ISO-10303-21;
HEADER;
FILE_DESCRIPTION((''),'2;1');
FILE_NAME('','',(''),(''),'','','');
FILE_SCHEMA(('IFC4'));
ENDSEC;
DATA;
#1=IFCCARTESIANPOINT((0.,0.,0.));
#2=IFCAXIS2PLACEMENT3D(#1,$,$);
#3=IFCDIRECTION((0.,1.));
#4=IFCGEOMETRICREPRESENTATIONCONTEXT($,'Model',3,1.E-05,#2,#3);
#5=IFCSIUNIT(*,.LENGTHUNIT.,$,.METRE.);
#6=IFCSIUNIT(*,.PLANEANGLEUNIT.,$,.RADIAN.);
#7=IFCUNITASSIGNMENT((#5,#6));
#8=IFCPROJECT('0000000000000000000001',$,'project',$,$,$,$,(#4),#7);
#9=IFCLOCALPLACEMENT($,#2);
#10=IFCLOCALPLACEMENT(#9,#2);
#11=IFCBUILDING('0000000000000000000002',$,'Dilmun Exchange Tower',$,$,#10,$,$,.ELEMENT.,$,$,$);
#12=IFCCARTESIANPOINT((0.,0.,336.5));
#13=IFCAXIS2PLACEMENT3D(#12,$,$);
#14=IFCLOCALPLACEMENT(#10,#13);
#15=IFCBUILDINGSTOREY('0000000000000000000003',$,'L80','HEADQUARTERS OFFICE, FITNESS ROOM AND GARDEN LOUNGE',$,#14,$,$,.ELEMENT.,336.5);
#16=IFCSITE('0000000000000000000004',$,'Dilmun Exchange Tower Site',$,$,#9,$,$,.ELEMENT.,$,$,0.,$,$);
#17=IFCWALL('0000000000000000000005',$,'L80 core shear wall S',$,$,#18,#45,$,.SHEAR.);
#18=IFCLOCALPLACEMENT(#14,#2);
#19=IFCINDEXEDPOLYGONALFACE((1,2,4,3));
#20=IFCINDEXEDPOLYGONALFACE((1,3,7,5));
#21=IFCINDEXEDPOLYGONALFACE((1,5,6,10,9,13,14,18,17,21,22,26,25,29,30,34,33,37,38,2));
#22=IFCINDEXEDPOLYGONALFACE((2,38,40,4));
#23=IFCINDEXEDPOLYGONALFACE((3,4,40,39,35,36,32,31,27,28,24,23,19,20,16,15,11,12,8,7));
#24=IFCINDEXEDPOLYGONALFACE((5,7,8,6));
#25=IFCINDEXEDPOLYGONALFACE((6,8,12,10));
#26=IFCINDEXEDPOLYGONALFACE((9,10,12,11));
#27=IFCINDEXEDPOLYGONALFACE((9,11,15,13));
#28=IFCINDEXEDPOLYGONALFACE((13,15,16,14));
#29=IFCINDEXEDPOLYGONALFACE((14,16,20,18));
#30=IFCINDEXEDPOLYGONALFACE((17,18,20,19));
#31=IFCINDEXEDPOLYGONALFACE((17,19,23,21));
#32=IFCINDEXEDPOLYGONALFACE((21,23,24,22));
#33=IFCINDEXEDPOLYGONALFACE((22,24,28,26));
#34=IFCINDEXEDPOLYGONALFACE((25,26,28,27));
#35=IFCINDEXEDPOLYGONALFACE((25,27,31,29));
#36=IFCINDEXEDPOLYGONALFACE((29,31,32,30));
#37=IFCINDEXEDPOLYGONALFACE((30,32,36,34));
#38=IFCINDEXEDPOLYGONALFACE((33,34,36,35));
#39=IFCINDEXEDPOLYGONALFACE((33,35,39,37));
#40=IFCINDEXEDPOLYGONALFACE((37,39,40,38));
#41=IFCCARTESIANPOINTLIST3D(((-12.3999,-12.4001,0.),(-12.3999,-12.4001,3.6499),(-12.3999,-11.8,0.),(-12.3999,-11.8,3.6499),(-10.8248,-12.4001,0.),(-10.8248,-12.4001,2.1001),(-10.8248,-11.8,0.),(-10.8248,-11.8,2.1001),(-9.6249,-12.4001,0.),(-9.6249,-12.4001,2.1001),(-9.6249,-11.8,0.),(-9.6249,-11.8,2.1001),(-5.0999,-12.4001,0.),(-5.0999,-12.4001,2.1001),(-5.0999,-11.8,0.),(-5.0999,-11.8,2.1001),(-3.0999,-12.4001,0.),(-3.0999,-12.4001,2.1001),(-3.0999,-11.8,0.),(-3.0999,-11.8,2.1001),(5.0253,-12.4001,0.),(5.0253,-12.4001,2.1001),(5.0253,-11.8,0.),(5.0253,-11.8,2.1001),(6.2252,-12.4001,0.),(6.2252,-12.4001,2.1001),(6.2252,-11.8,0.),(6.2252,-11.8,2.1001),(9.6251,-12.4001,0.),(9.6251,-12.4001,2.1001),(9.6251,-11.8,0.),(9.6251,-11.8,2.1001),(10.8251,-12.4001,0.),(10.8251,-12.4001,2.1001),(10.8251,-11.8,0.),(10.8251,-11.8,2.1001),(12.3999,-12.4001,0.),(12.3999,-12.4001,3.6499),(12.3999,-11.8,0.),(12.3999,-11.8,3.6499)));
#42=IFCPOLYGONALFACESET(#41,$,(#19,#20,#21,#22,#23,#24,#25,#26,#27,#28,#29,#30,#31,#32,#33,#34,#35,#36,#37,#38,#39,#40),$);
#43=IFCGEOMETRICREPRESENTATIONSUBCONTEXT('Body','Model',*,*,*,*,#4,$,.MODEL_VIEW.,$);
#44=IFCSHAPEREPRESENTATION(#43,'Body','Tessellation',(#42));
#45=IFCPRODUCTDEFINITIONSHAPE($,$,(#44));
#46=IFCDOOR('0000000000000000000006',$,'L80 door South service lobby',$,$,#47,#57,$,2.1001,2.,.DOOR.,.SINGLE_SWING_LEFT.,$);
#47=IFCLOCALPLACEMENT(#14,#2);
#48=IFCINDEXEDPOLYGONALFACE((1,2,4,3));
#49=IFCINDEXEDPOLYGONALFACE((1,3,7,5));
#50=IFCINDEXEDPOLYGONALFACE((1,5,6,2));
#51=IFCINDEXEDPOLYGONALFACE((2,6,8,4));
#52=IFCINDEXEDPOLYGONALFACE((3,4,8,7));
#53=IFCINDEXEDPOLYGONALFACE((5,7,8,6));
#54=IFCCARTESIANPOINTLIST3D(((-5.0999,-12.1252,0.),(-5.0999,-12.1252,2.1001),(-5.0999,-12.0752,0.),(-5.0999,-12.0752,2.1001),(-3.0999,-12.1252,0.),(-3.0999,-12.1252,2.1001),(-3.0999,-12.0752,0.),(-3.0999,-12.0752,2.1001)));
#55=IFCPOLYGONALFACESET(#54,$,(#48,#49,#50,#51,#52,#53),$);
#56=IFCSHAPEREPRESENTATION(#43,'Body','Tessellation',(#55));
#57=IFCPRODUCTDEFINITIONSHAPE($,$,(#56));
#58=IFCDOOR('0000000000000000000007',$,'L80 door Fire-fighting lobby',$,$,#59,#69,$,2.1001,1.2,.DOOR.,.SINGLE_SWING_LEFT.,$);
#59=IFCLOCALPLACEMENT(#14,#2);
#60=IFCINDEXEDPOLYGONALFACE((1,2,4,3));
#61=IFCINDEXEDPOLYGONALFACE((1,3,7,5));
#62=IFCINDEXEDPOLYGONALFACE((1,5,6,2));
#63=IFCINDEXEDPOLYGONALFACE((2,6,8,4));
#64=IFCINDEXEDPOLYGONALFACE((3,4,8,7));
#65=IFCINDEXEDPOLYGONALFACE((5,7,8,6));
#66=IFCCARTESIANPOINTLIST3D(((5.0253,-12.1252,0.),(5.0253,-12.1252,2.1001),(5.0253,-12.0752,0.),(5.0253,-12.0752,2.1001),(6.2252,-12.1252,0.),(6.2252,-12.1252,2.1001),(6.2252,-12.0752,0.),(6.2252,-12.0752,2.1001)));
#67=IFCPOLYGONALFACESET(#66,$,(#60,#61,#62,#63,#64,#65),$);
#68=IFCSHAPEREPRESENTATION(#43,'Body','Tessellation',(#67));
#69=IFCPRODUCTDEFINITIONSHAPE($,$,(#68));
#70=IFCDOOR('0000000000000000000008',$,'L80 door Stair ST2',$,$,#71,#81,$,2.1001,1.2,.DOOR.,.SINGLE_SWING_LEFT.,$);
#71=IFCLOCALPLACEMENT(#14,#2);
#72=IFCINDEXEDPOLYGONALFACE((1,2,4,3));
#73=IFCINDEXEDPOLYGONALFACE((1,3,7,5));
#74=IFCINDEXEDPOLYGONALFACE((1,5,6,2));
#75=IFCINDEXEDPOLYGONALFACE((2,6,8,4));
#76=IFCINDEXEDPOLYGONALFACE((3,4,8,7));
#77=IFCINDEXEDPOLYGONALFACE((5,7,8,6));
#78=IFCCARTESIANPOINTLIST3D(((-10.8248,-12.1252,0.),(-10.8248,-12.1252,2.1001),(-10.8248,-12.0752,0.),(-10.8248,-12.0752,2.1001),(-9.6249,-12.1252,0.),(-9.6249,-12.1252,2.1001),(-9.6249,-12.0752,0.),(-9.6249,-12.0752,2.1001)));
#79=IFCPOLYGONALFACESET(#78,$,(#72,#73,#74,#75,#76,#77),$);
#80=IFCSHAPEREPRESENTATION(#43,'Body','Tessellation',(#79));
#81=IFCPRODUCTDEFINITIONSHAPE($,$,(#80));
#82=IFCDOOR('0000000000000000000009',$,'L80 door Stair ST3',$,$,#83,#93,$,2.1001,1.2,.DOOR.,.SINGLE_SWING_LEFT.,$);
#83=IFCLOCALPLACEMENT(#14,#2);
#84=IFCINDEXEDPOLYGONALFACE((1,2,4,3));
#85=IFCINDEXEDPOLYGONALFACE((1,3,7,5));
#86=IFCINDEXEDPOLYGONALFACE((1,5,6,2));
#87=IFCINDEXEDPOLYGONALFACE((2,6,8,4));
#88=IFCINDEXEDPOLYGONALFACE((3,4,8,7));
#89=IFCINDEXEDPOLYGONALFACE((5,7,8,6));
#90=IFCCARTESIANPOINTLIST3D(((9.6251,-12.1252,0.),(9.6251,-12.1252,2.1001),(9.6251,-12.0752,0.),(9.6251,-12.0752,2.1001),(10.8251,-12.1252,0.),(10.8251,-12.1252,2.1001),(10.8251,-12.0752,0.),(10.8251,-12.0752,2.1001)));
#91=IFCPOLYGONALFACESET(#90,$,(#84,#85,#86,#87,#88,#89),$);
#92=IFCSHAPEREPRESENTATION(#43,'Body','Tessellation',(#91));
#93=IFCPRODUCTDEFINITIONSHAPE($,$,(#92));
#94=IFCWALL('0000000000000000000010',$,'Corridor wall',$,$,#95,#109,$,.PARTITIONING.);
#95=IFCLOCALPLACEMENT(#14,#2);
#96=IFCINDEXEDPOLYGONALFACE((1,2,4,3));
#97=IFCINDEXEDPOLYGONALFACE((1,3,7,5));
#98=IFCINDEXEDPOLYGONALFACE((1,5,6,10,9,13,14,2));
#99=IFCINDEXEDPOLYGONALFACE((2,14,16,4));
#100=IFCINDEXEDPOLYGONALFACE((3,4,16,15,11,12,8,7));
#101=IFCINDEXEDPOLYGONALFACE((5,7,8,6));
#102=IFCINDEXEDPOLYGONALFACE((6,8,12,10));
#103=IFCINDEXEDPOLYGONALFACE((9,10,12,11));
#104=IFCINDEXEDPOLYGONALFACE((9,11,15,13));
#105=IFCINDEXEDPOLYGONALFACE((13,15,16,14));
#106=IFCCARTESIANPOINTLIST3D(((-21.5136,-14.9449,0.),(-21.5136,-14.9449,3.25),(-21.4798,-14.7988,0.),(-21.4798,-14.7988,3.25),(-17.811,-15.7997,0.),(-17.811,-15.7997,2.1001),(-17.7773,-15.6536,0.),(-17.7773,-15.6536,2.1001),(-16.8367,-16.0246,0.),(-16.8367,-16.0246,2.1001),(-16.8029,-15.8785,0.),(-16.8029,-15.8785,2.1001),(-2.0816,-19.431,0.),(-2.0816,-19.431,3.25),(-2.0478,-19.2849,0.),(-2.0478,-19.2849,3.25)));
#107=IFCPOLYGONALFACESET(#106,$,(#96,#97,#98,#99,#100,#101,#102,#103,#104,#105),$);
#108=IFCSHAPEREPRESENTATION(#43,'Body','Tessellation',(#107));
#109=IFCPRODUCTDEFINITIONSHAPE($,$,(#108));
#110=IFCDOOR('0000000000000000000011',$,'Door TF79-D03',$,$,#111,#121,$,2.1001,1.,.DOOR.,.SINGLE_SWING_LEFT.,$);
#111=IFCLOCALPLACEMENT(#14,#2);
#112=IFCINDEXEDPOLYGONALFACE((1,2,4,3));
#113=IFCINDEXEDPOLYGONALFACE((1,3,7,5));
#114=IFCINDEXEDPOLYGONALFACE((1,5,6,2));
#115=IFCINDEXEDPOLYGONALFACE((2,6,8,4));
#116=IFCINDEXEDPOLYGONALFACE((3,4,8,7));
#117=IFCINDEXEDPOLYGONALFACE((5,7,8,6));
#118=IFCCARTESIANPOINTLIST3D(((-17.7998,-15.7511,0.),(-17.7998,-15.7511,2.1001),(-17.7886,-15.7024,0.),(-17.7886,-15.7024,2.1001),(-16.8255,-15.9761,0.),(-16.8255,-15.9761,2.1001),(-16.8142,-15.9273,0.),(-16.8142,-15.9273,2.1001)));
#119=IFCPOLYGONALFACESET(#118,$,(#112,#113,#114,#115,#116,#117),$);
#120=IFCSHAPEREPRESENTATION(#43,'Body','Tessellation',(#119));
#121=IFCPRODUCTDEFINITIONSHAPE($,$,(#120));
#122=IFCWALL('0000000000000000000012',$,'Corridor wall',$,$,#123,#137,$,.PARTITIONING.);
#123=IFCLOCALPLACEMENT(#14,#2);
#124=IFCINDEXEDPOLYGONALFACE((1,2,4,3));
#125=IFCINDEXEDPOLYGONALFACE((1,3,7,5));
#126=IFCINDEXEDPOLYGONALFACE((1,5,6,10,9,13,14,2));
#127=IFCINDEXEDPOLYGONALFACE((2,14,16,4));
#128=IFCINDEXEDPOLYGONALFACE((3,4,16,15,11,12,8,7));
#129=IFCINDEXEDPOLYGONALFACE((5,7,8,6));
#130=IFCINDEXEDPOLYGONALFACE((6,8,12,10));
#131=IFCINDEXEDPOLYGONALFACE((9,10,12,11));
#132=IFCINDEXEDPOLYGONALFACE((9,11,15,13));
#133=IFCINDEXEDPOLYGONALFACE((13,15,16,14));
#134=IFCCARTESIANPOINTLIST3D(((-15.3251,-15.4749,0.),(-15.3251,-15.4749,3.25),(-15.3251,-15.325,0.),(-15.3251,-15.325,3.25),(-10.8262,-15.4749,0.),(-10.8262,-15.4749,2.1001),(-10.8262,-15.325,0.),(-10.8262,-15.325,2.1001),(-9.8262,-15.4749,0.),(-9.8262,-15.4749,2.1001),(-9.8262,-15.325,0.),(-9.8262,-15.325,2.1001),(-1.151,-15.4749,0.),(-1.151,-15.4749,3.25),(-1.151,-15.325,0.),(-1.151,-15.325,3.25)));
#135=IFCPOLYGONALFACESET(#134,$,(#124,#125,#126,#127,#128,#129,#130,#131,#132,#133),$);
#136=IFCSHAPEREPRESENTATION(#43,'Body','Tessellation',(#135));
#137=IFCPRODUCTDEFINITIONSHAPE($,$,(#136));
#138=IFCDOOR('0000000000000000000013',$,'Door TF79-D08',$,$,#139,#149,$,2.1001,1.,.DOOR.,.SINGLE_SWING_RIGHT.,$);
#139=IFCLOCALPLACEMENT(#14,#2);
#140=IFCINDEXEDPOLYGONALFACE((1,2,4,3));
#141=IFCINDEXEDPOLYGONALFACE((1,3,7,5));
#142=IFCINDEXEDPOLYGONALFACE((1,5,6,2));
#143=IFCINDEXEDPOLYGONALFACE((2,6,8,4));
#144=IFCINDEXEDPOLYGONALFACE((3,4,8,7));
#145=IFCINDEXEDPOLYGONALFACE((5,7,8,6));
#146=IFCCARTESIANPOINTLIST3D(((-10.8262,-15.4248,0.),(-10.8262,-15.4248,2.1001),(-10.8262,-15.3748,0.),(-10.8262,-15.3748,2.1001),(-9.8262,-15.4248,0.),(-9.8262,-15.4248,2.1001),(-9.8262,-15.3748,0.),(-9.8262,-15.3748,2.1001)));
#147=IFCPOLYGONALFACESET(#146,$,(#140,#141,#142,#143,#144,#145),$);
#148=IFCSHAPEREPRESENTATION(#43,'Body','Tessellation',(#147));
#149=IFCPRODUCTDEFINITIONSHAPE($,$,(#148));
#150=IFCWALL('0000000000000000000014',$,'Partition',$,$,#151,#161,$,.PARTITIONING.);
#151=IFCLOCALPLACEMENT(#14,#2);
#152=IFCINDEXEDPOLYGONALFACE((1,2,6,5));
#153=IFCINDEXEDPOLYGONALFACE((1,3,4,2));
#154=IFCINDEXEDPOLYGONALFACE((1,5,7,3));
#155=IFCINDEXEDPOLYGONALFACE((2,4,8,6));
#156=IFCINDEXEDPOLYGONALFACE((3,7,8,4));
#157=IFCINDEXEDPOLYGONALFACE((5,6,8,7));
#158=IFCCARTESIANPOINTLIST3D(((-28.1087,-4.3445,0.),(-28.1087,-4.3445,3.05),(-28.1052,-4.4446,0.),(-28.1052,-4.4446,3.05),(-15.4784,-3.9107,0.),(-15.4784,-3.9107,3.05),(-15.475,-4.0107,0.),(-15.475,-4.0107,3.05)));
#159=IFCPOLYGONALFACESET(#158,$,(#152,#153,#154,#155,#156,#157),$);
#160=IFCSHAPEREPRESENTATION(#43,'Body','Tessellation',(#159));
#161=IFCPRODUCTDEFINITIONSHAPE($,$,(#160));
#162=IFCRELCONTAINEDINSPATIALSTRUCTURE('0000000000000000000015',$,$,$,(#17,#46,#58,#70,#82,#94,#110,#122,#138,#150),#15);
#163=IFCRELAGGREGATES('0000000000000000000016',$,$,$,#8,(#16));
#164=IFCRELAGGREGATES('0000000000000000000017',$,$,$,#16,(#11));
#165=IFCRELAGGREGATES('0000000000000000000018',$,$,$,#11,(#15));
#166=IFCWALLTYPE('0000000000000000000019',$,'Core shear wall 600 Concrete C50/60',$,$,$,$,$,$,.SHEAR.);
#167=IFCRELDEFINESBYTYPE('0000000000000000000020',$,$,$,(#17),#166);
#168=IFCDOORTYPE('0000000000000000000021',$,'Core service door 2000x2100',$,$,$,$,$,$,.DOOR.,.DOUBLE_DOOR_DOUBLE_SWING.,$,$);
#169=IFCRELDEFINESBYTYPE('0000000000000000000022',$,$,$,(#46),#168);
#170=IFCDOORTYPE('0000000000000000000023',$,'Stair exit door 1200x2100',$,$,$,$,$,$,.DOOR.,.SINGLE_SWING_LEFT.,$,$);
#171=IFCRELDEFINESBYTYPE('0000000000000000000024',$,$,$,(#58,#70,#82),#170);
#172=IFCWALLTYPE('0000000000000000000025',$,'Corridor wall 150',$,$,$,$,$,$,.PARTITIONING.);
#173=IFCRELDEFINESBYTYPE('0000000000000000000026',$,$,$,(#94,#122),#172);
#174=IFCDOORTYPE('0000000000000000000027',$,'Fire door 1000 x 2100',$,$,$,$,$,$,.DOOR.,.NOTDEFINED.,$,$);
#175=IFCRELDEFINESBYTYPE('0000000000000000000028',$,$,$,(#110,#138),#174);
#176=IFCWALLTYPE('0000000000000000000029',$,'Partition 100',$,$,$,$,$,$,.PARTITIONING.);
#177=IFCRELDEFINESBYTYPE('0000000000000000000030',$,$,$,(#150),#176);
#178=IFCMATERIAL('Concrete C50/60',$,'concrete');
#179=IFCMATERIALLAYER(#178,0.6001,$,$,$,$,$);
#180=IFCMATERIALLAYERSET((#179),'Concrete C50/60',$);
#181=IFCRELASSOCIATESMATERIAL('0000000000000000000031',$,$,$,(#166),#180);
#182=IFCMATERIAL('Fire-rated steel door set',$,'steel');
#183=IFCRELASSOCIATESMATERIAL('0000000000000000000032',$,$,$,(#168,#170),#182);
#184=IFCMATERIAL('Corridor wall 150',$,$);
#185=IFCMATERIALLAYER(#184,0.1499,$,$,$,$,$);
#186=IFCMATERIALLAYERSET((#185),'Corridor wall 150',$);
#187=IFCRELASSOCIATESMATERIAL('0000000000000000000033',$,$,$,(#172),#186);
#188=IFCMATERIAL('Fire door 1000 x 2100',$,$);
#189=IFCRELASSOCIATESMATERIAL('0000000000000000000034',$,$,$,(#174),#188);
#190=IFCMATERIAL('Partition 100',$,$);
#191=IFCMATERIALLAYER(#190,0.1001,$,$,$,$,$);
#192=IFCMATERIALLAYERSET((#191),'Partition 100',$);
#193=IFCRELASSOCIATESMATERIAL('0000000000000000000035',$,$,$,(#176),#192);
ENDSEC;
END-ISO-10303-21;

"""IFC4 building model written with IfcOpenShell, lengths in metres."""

from ifc_helpers import new_model, si_unit, direction, frame, frame_2d, origin, place, context, subcontext, project, spatial, rectangle, extrude, material, layer, layer_set, type_object, element, fill, save


model = new_model("IFC4")

# Units and contexts
model_context = context("Model", 3, precision=1e-05, world=origin(), true_north=direction((0.0, 1.0)))
body_context = subcontext(model_context, "Body", "Model", "MODEL_VIEW")
ifc_project = project(units=[si_unit("LENGTHUNIT", "METRE"), si_unit("PLANEANGLEUNIT", "RADIAN")], contexts=[model_context])

# Site, building, storey
site_placement = place(None, origin())
site = spatial("IfcSite", under=ifc_project, at=site_placement, Name="Dilmun Exchange Tower Site", CompositionType="ELEMENT", RefElevation=0.0)
building_placement = place(site_placement, origin())
building = spatial("IfcBuilding", under=site, at=building_placement, Name="Dilmun Exchange Tower", CompositionType="ELEMENT")
storey_placement = place(building_placement, frame((0.0, 0.0, 336.5)))
storey = spatial("IfcBuildingStorey", under=building, at=storey_placement, Name="L80", Description="HEADQUARTERS OFFICE, FITNESS ROOM AND GARDEN LOUNGE", CompositionType="ELEMENT", Elevation=336.5)

# Shared definitions
ifc_material_1 = material(Name="Concrete C50/60", Category="concrete")

# Wall, openings, doors
ifc_material_2 = material(Name="Fire-rated steel door set", Category="steel")
ifc_layer_1 = layer(ifc_material_1, 0.6001)
ifc_layer_set_1 = layer_set([ifc_layer_1], Name="Concrete C50/60")
wall_type_1 = type_object("IfcWallType", Name="Core shear wall 600 Concrete C50/60", PredefinedType="SHEAR", material=ifc_layer_set_1)
wall_1_placement = place(storey_placement, frame((-12.3999, -12.1001, 0.0), z_axis=(0.0, 0.0, 1.0), x_axis=(1.0, 0.0, 0.0)))
wall_1 = element("IfcWall", 1, at=wall_1_placement, inside=storey, type_object=wall_type_1, Name="L80 core shear wall S", PredefinedType="SHEAR", context=body_context, shape_type="SweptSolid", body=[
    extrude(rectangle(XDim=24.7998, YDim=0.6001, at=frame_2d((12.3999, 0.0))), origin(), (0.0, 0.0, 1.0), 3.6499),
])
opening_1_placement = place(wall_1_placement, frame((7.3, 0.0, 0.0)))
opening_1 = element("IfcOpeningElement", 2, at=opening_1_placement, cuts=wall_1, PredefinedType="OPENING", context=body_context, shape_type="SweptSolid", body=[
    extrude(rectangle(XDim=2.0, YDim=2.1001, at=frame_2d((1.0, 1.05))), frame((0.0, 0.3101, 0.0), z_axis=(0.0, -1.0, 0.0), x_axis=(1.0, 0.0, 0.0)), (0.0, 0.0, 1.0), 0.6201),
])
opening_2_placement = place(wall_1_placement, frame((17.425, 0.0, 0.0)))
opening_2 = element("IfcOpeningElement", 3, at=opening_2_placement, cuts=wall_1, PredefinedType="OPENING", context=body_context, shape_type="SweptSolid", body=[
    extrude(rectangle(XDim=1.2, YDim=2.1001, at=frame_2d((0.6001, 1.05))), frame((0.0, 0.3101, 0.0), z_axis=(0.0, -1.0, 0.0), x_axis=(1.0, 0.0, 0.0)), (0.0, 0.0, 1.0), 0.6201),
])
opening_3_placement = place(wall_1_placement, frame((1.575, 0.0, 0.0)))
opening_3 = element("IfcOpeningElement", 4, at=opening_3_placement, cuts=wall_1, PredefinedType="OPENING", context=body_context, shape_type="SweptSolid", body=[
    extrude(rectangle(XDim=1.2, YDim=2.1001, at=frame_2d((0.6001, 1.05))), frame((0.0, 0.3101, 0.0), z_axis=(0.0, -1.0, 0.0), x_axis=(1.0, 0.0, 0.0)), (0.0, 0.0, 1.0), 0.6201),
])
opening_4_placement = place(wall_1_placement, frame((22.0249, 0.0, 0.0)))
opening_4 = element("IfcOpeningElement", 5, at=opening_4_placement, cuts=wall_1, PredefinedType="OPENING", context=body_context, shape_type="SweptSolid", body=[
    extrude(rectangle(XDim=1.2, YDim=2.1001, at=frame_2d((0.6001, 1.05))), frame((0.0, 0.3101, 0.0), z_axis=(0.0, -1.0, 0.0), x_axis=(1.0, 0.0, 0.0)), (0.0, 0.0, 1.0), 0.6201),
])
door_type_1 = type_object("IfcDoorType", Name="Core service door 2000x2100", OperationType="DOUBLE_DOOR_DOUBLE_SWING", PredefinedType="DOOR", material=ifc_material_2)
door_1_placement = place(opening_1_placement, origin())
door_1 = element("IfcDoor", 6, at=door_1_placement, inside=storey, type_object=door_type_1, Name="L80 door South service lobby", OperationType="SINGLE_SWING_LEFT", OverallHeight=2.1001, OverallWidth=2.0, PredefinedType="DOOR", context=body_context, shape_type="SweptSolid", body=[
    extrude(rectangle(XDim=2.0, YDim=2.1001, at=frame_2d((1.0, 1.05))), frame((0.0, 0.0249, 0.0), z_axis=(0.0, -1.0, 0.0), x_axis=(1.0, 0.0, 0.0)), (0.0, 0.0, 1.0), 0.05),
])
fill(opening_1, door_1)
door_type_2 = type_object("IfcDoorType", Name="Stair exit door 1200x2100", OperationType="SINGLE_SWING_LEFT", PredefinedType="DOOR", material=ifc_material_2)
door_2_placement = place(opening_2_placement, origin())
door_2 = element("IfcDoor", 7, at=door_2_placement, inside=storey, type_object=door_type_2, Name="L80 door Fire-fighting lobby", OperationType="SINGLE_SWING_LEFT", OverallHeight=2.1001, OverallWidth=1.2, PredefinedType="DOOR", context=body_context, shape_type="SweptSolid", body=[
    extrude(rectangle(XDim=1.2, YDim=2.1001, at=frame_2d((0.6001, 1.05))), frame((0.0, 0.0249, 0.0), z_axis=(0.0, -1.0, 0.0), x_axis=(1.0, 0.0, 0.0)), (0.0, 0.0, 1.0), 0.05),
])
fill(opening_2, door_2)
door_3_placement = place(opening_3_placement, origin())
door_3 = element("IfcDoor", 8, at=door_3_placement, inside=storey, type_object=door_type_2, Name="L80 door Stair ST2", OperationType="SINGLE_SWING_LEFT", OverallHeight=2.1001, OverallWidth=1.2, PredefinedType="DOOR", context=body_context, shape_type="SweptSolid", body=[
    extrude(rectangle(XDim=1.2, YDim=2.1001, at=frame_2d((0.6001, 1.05))), frame((0.0, 0.0249, 0.0), z_axis=(0.0, -1.0, 0.0), x_axis=(1.0, 0.0, 0.0)), (0.0, 0.0, 1.0), 0.05),
])
fill(opening_3, door_3)
door_4_placement = place(opening_4_placement, origin())
door_4 = element("IfcDoor", 9, at=door_4_placement, inside=storey, type_object=door_type_2, Name="L80 door Stair ST3", OperationType="SINGLE_SWING_LEFT", OverallHeight=2.1001, OverallWidth=1.2, PredefinedType="DOOR", context=body_context, shape_type="SweptSolid", body=[
    extrude(rectangle(XDim=1.2, YDim=2.1001, at=frame_2d((0.6001, 1.05))), frame((0.0, 0.0249, 0.0), z_axis=(0.0, -1.0, 0.0), x_axis=(1.0, 0.0, 0.0)), (0.0, 0.0, 1.0), 0.05),
])
fill(opening_4, door_4)

# Walls, openings, doors
ifc_material_3 = material(Name="Corridor wall 150")
ifc_layer_2 = layer(ifc_material_3, 0.1499)
ifc_layer_set_2 = layer_set([ifc_layer_2], Name="Corridor wall 150")
wall_type_2 = type_object("IfcWallType", Name="Corridor wall 150", PredefinedType="PARTITIONING", material=ifc_layer_set_2)
wall_2_placement = place(storey_placement, frame((-21.4968, -14.8718, 0.0), z_axis=(0.0, 0.0, 1.0), x_axis=(0.974371, -0.224945, 0.0)))
wall_2 = element("IfcWall", 10, at=wall_2_placement, inside=storey, type_object=wall_type_2, Name="Corridor wall", PredefinedType="PARTITIONING", context=body_context, shape_type="SweptSolid", body=[
    extrude(rectangle(XDim=19.9431, YDim=0.1499, at=frame_2d((9.9717, 0.0))), origin(), (0.0, 0.0, 1.0), 3.25),
])
opening_5_placement = place(wall_2_placement, frame((3.8, 0.0, 0.0)))
opening_5 = element("IfcOpeningElement", 11, at=opening_5_placement, cuts=wall_2, PredefinedType="OPENING", context=body_context, shape_type="SweptSolid", body=[
    extrude(rectangle(XDim=1.0, YDim=2.1001, at=frame_2d((0.5, 1.05))), frame((0.0, 0.085, 0.0), z_axis=(0.0, -1.0, 0.0), x_axis=(1.0, 0.0, 0.0)), (0.0, 0.0, 1.0), 0.1699),
])
ifc_material_4 = material(Name="Fire door 1000 x 2100")
door_type_3 = type_object("IfcDoorType", Name="Fire door 1000 x 2100", OperationType="NOTDEFINED", PredefinedType="DOOR", material=ifc_material_4)
door_5_placement = place(opening_5_placement, origin())
door_5 = element("IfcDoor", 12, at=door_5_placement, inside=storey, type_object=door_type_3, Name="Door TF79-D03", OperationType="SINGLE_SWING_LEFT", OverallHeight=2.1001, OverallWidth=1.0, PredefinedType="DOOR", context=body_context, shape_type="SweptSolid", body=[
    extrude(rectangle(XDim=1.0, YDim=2.1001, at=frame_2d((0.5, 1.05))), frame((0.0, 0.0249, 0.0), z_axis=(0.0, -1.0, 0.0), x_axis=(1.0, 0.0, 0.0)), (0.0, 0.0, 1.0), 0.05),
])
fill(opening_5, door_5)
wall_3_placement = place(storey_placement, frame((-15.325, -15.3999, 0.0), z_axis=(0.0, 0.0, 1.0), x_axis=(1.0, 0.0, 0.0)))
wall_3 = element("IfcWall", 13, at=wall_3_placement, inside=storey, type_object=wall_type_2, Name="Corridor wall", PredefinedType="PARTITIONING", context=body_context, shape_type="SweptSolid", body=[
    extrude(rectangle(XDim=14.1741, YDim=0.1499, at=frame_2d((7.0869, 0.0))), origin(), (0.0, 0.0, 1.0), 3.25),
])
opening_6_placement = place(wall_3_placement, frame((4.4988, 0.0, 0.0)))
opening_6 = element("IfcOpeningElement", 14, at=opening_6_placement, cuts=wall_3, PredefinedType="OPENING", context=body_context, shape_type="SweptSolid", body=[
    extrude(rectangle(XDim=1.0, YDim=2.1001, at=frame_2d((0.5, 1.05))), frame((0.0, 0.085, 0.0), z_axis=(0.0, -1.0, 0.0), x_axis=(1.0, 0.0, 0.0)), (0.0, 0.0, 1.0), 0.1699),
])
door_6_placement = place(opening_6_placement, frame((1.0, 0.0, 0.0), z_axis=(0.0, 0.0, 1.0), x_axis=(-1.0, 0.0, 0.0)))
door_6 = element("IfcDoor", 15, at=door_6_placement, inside=storey, type_object=door_type_3, Name="Door TF79-D08", OperationType="SINGLE_SWING_RIGHT", OverallHeight=2.1001, OverallWidth=1.0, PredefinedType="DOOR", context=body_context, shape_type="SweptSolid", body=[
    extrude(rectangle(XDim=1.0, YDim=2.1001, at=frame_2d((0.5, 1.05))), frame((0.0, 0.0249, 0.0), z_axis=(0.0, -1.0, 0.0), x_axis=(1.0, 0.0, 0.0)), (0.0, 0.0, 1.0), 0.05),
])
fill(opening_6, door_6)

# Wall
ifc_material_5 = material(Name="Partition 100")
ifc_layer_3 = layer(ifc_material_5, 0.1001)
ifc_layer_set_3 = layer_set([ifc_layer_3], Name="Partition 100")
wall_type_3 = type_object("IfcWallType", Name="Partition 100", PredefinedType="PARTITIONING", material=ifc_layer_set_3)
wall_4_placement = place(storey_placement, frame((-28.1069, -4.3945, 0.0), z_axis=(0.0, 0.0, 1.0), x_axis=(0.999411, 0.034329, 0.0)))
element("IfcWall", 16, at=wall_4_placement, inside=storey, type_object=wall_type_3, Name="Partition", PredefinedType="PARTITIONING", context=body_context, shape_type="SweptSolid", body=[
    extrude(rectangle(XDim=12.6377, YDim=0.1001, at=frame_2d((6.3188, 0.0))), origin(), (0.0, 0.0, 1.0), 3.05),
])

save(model, "model.ifc")
